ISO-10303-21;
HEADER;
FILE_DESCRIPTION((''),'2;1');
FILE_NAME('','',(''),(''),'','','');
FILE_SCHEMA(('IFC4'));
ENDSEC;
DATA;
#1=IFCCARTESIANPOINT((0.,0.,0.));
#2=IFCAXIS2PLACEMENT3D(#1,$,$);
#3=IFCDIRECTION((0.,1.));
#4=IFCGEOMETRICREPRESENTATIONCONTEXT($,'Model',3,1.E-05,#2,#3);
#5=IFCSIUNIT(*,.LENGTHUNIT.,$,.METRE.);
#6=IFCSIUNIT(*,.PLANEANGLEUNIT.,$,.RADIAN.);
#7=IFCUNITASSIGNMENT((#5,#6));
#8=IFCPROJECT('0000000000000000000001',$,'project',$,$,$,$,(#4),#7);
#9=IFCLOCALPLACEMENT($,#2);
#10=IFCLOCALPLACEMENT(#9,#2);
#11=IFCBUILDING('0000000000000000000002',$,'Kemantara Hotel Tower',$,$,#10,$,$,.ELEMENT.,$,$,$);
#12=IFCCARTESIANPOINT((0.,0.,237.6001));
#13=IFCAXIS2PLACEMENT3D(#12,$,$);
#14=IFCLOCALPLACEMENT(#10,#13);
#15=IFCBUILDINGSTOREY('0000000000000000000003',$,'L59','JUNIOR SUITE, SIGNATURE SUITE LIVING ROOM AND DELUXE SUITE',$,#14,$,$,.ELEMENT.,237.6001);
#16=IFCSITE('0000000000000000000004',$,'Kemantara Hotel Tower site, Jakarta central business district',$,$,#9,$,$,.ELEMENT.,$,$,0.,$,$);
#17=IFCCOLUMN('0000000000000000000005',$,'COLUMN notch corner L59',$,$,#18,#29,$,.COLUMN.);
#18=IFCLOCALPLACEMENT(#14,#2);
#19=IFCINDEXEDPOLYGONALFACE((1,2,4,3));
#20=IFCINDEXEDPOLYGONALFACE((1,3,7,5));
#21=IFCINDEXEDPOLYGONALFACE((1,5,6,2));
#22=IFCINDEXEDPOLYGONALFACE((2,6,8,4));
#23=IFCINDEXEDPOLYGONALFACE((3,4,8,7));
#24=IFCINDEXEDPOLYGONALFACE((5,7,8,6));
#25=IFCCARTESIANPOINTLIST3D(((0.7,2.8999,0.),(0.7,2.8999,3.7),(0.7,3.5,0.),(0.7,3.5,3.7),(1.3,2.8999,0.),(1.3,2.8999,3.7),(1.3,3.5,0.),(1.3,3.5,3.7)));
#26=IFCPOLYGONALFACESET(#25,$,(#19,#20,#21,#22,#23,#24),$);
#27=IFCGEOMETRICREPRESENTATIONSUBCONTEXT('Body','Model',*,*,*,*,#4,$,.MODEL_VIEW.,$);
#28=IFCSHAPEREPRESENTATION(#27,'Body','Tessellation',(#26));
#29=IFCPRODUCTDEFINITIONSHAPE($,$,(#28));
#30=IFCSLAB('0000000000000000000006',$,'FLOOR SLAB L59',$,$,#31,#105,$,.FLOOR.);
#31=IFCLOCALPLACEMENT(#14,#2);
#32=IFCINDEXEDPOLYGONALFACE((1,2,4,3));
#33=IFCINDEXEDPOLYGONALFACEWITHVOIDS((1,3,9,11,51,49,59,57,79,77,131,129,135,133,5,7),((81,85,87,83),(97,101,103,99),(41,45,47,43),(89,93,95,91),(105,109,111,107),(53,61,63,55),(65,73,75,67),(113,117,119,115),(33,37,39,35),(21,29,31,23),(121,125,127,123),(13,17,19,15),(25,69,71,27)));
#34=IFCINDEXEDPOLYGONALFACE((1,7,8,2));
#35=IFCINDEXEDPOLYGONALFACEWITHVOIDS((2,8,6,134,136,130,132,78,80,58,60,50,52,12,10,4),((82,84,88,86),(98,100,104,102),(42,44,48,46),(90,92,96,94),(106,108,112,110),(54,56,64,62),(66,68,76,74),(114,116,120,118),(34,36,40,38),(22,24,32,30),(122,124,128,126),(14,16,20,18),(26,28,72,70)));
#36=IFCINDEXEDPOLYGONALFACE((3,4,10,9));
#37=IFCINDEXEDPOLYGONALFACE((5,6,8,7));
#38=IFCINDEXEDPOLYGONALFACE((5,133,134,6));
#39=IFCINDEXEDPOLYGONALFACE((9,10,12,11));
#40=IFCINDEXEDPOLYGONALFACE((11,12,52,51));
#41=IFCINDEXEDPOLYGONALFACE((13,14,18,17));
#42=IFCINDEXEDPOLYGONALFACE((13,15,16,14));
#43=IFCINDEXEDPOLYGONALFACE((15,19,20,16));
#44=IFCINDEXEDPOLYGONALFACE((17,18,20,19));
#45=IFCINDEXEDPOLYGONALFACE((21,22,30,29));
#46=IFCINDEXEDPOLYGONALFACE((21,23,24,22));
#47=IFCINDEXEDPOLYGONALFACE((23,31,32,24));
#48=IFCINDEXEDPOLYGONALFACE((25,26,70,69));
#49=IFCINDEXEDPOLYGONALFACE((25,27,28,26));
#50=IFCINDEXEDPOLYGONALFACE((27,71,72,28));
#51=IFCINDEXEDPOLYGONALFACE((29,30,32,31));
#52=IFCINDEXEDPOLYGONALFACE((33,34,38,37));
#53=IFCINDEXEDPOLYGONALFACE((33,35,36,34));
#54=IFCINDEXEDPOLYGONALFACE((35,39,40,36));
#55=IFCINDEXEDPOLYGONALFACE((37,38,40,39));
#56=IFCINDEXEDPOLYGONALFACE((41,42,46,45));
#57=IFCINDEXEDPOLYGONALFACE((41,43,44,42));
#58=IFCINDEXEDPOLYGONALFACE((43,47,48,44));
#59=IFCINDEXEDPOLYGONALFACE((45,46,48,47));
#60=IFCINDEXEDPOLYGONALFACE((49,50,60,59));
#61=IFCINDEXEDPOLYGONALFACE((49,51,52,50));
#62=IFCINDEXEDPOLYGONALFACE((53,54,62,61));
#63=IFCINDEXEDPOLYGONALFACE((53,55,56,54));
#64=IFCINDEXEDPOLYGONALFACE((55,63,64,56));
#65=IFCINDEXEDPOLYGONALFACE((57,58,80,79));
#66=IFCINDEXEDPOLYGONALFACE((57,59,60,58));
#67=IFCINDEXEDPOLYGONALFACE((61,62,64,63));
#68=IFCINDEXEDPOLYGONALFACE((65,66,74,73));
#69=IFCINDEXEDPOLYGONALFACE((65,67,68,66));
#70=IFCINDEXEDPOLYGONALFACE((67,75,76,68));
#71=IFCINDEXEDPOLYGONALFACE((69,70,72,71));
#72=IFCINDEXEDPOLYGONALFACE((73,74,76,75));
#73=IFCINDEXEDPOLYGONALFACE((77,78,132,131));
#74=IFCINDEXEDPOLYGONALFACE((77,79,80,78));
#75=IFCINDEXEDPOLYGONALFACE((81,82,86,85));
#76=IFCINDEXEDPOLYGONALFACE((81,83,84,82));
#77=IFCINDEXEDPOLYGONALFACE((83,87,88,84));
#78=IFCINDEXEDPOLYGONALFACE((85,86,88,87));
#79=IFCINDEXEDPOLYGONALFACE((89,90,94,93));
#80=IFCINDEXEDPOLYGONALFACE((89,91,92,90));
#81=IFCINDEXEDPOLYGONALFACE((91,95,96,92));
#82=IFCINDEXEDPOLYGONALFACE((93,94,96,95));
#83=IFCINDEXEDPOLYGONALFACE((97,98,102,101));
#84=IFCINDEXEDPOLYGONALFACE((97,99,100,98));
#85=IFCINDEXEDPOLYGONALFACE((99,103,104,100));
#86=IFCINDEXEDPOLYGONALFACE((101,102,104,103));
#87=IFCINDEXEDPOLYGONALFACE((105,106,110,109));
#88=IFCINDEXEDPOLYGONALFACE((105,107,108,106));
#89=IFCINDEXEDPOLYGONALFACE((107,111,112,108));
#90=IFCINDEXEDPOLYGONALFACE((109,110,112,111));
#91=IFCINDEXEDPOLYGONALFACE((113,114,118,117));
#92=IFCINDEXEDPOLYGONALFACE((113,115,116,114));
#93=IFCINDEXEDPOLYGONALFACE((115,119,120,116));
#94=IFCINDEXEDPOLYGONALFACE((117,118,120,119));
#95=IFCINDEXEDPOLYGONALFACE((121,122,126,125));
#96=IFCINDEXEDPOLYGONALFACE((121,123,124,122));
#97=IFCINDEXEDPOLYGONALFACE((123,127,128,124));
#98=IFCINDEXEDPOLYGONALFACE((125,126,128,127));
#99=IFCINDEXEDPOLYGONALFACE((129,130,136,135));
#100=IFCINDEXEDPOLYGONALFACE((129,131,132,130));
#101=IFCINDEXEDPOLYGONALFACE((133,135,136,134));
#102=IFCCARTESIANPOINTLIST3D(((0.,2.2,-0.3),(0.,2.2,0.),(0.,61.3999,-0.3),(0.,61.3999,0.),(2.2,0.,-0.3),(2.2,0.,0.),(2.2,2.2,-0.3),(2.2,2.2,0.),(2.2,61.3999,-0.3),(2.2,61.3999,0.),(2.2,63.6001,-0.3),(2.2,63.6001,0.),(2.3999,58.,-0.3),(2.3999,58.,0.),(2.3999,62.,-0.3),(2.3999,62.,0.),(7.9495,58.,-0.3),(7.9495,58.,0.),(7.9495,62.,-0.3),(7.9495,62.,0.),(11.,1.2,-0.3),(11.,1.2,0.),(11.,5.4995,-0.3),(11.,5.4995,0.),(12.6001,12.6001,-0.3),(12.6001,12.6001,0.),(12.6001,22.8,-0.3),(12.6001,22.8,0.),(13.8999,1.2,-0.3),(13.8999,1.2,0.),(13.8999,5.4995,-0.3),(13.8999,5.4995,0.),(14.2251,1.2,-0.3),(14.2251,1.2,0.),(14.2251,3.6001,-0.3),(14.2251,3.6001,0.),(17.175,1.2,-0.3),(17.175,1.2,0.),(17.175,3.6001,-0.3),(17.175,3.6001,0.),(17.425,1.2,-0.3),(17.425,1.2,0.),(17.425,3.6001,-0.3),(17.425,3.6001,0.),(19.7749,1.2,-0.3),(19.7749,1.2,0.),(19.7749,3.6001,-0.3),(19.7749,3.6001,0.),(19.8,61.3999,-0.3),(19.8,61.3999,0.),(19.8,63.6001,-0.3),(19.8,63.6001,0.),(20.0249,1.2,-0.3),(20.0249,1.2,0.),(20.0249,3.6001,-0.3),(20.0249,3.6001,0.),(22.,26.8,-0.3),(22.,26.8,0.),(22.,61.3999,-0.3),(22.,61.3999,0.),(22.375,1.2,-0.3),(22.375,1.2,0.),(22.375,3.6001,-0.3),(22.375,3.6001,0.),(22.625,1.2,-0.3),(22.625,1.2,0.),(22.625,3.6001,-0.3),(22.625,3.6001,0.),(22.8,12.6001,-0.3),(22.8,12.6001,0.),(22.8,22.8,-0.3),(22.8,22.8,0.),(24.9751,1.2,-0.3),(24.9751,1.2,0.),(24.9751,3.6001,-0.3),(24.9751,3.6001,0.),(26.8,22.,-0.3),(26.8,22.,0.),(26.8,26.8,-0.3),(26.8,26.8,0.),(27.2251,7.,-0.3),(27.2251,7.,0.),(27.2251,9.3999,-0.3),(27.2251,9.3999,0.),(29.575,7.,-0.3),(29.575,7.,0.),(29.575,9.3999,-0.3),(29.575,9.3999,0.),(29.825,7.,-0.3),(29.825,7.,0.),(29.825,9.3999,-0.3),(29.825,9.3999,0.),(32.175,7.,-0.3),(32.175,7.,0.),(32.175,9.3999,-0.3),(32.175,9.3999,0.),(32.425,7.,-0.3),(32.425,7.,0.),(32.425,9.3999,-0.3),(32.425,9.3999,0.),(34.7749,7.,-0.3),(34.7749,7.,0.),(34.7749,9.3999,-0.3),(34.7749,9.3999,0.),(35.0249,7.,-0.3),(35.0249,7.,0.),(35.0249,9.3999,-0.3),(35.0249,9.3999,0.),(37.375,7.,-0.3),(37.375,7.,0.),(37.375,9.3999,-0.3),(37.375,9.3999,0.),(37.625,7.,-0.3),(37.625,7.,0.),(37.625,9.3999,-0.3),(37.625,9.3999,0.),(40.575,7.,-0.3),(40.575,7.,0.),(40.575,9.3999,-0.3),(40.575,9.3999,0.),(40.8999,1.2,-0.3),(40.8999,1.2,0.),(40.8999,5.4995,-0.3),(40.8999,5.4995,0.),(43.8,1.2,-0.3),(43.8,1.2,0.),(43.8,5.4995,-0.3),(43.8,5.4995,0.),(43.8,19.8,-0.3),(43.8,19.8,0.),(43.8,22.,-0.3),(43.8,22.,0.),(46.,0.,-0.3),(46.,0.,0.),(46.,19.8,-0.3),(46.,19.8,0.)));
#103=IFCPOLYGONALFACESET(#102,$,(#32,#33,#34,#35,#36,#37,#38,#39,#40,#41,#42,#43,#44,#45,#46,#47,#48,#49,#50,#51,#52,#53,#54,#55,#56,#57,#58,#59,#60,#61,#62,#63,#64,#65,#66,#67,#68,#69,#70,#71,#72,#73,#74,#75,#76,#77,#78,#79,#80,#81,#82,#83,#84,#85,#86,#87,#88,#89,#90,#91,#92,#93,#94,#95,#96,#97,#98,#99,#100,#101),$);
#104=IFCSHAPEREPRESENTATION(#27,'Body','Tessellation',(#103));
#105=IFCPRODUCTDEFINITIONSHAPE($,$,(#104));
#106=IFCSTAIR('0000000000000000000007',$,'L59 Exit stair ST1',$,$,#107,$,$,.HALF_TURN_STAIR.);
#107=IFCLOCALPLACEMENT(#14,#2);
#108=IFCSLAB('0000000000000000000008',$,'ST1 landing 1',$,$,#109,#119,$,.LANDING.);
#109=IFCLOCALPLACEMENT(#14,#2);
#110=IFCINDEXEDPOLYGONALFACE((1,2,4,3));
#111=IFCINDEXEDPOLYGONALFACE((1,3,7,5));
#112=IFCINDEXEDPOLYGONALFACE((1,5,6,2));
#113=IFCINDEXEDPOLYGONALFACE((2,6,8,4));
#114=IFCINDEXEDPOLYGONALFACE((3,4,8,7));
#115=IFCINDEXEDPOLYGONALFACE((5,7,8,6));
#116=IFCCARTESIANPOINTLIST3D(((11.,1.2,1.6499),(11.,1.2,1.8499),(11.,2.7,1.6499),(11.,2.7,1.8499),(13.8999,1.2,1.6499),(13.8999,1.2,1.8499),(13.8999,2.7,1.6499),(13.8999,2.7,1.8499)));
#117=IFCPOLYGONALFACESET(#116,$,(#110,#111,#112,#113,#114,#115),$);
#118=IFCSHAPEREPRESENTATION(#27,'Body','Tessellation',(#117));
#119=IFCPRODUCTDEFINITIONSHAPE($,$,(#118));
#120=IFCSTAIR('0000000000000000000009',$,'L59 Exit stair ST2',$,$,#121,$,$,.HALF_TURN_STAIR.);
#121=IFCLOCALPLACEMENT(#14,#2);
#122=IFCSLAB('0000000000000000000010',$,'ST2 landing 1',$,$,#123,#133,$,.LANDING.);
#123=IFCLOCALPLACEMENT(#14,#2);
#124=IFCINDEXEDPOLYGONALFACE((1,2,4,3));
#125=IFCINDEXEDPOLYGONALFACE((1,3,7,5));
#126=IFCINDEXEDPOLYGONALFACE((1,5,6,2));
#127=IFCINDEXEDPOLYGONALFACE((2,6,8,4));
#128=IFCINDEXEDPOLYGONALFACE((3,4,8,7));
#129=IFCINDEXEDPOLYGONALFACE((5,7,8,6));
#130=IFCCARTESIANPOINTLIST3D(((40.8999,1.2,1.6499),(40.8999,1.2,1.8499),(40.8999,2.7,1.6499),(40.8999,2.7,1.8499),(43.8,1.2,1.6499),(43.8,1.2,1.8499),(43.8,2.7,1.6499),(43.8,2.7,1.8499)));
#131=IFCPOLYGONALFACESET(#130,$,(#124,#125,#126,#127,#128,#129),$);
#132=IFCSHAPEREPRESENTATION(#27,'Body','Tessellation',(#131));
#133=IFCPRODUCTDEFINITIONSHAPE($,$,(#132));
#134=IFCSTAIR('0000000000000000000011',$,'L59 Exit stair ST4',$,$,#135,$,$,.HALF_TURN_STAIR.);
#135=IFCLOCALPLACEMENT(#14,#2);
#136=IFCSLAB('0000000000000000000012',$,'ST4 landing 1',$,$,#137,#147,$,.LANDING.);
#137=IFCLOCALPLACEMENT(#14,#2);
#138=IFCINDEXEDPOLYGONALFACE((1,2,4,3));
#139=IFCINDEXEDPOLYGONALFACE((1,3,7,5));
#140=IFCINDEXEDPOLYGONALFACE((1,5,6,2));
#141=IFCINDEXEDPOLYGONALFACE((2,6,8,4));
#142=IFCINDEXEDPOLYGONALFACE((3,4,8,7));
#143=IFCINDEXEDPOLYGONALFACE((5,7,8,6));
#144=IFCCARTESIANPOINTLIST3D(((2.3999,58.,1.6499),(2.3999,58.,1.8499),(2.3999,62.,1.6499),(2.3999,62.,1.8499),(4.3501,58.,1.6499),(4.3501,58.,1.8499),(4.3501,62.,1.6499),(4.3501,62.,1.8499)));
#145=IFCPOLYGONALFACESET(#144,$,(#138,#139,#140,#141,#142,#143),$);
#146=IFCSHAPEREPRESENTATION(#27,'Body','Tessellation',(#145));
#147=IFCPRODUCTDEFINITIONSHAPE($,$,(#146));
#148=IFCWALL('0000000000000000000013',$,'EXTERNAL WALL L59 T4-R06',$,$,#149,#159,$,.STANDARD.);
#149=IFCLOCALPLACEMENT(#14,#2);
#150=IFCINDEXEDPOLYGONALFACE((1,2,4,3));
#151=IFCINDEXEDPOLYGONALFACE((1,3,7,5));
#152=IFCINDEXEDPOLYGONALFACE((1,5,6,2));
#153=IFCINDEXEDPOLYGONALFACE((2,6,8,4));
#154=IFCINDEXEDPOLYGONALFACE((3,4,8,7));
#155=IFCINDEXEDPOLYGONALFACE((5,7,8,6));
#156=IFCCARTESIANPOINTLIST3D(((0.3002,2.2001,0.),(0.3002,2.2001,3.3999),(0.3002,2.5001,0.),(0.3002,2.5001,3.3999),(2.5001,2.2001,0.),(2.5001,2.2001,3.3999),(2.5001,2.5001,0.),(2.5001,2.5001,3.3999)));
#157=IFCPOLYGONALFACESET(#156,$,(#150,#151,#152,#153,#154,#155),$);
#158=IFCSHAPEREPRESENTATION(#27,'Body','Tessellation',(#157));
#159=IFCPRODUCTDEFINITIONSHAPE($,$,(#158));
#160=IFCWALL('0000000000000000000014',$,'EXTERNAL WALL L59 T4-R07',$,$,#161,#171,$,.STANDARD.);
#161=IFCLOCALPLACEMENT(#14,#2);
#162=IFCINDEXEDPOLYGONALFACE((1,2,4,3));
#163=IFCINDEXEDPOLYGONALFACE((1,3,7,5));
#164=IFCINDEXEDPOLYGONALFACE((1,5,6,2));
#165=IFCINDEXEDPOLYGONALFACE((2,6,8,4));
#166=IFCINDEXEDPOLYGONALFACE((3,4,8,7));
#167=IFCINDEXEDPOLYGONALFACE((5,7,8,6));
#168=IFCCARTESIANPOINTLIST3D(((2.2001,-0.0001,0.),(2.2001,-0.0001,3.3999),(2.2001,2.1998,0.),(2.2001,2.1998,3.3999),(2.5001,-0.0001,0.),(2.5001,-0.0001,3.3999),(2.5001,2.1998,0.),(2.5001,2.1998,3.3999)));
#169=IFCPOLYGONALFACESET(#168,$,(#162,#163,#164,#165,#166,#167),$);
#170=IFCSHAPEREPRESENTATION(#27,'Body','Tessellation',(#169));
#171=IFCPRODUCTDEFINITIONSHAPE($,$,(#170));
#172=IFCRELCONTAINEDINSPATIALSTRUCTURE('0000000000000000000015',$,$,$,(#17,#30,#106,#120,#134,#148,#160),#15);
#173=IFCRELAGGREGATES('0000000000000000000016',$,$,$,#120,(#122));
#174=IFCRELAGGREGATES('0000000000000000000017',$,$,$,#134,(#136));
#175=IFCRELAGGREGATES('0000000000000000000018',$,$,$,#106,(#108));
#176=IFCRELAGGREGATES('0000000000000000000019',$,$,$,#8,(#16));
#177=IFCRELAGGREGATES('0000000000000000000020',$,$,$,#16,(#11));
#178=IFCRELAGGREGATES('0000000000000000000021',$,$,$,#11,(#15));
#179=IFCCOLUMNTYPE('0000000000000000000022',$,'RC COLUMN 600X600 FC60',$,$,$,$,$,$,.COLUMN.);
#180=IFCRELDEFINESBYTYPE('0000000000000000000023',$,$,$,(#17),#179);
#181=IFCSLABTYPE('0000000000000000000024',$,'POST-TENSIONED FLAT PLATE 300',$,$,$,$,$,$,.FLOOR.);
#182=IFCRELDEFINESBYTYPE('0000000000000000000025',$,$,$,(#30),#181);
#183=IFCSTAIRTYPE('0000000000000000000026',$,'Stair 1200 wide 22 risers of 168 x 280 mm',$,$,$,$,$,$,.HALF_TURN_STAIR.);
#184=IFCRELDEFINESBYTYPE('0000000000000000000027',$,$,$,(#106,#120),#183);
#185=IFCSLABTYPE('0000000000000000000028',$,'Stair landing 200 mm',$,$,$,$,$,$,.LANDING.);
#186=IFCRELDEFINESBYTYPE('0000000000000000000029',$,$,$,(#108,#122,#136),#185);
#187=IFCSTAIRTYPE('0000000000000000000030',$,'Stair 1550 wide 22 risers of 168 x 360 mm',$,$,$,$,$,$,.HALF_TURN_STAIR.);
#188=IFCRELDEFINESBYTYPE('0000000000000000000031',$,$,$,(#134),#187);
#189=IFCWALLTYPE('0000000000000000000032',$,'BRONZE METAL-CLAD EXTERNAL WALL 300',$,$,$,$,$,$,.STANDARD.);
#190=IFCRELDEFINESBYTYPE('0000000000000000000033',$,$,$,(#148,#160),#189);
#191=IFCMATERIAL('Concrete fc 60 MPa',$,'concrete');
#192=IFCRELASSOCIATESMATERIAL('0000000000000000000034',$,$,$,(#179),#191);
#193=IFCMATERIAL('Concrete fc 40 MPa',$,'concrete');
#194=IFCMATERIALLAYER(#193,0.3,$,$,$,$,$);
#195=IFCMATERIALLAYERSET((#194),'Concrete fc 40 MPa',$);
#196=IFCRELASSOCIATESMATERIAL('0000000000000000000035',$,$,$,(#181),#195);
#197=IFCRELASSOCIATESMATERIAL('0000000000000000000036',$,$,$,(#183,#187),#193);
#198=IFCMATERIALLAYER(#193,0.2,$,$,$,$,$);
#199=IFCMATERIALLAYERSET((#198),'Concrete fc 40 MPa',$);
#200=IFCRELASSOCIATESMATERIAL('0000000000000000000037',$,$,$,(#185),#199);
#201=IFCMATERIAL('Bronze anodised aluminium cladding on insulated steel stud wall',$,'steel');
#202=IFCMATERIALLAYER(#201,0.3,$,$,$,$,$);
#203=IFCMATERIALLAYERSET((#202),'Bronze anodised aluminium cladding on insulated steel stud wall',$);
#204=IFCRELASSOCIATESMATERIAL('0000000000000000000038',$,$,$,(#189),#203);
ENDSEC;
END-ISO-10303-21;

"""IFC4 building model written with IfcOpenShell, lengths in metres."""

from ifc_helpers import new_model, si_unit, direction, frame, frame_2d, origin, origin_2d, place, context, subcontext, project, spatial, polyline, rectangle, outline, extrude, material, layer, layer_set, material_profile, profile_set, type_object, element, aggregate, save


model = new_model("IFC4")

# Units and contexts
model_context = context("Model", 3, precision=1e-05, world=origin(), true_north=direction((0.0, 1.0)))
body_context = subcontext(model_context, "Body", "Model", "MODEL_VIEW")
ifc_project = project(units=[si_unit("LENGTHUNIT", "METRE"), si_unit("PLANEANGLEUNIT", "RADIAN")], contexts=[model_context])

# Site, building, storey
site_placement = place(None, origin())
site = spatial("IfcSite", under=ifc_project, at=site_placement, Name="Kemantara Hotel Tower site, Jakarta central business district", CompositionType="ELEMENT", RefElevation=0.0)
building_placement = place(site_placement, origin())
building = spatial("IfcBuilding", under=site, at=building_placement, Name="Kemantara Hotel Tower", CompositionType="ELEMENT")
storey_placement = place(building_placement, frame((0.0, 0.0, 237.6001)))
storey = spatial("IfcBuildingStorey", under=building, at=storey_placement, Name="L59", Description="JUNIOR SUITE, SIGNATURE SUITE LIVING ROOM AND DELUXE SUITE", CompositionType="ELEMENT", Elevation=237.6001)

# Column
ifc_material_1 = material(Name="Concrete fc 60 MPa", Category="concrete")
ifc_material_profile = material_profile(ifc_material_1, rectangle(XDim=0.6001, YDim=0.6001, at=origin_2d()), Name="RC 600X600")
ifc_profile_set = profile_set([ifc_material_profile], Name="Concrete fc 60 MPa")
column_type = type_object("IfcColumnType", Name="RC COLUMN 600X600 FC60", PredefinedType="COLUMN", material=ifc_profile_set)
column_placement = place(storey_placement, frame((1.0, 3.2, 0.0), z_axis=(0.0, 0.0, 1.0), x_axis=(1.0, 0.0, 0.0)))
element("IfcColumn", 1, at=column_placement, inside=storey, type_object=column_type, Name="COLUMN notch corner L59", PredefinedType="COLUMN", context=body_context, shape_type="SweptSolid", body=[
    extrude(rectangle(XDim=0.6001, YDim=0.6001, at=origin_2d()), origin(), (0.0, 0.0, 1.0), 3.7),
])

# Slab
ifc_material_2 = material(Name="Concrete fc 40 MPa", Category="concrete")
ifc_layer_1 = layer(ifc_material_2, 0.3)
ifc_layer_set_1 = layer_set([ifc_layer_1], Name="Concrete fc 40 MPa")
slab_type_1 = type_object("IfcSlabType", Name="POST-TENSIONED FLAT PLATE 300", PredefinedType="FLOOR", material=ifc_layer_set_1)
slab_1_placement = place(storey_placement, frame((0.0, 0.0, -0.3)))
element("IfcSlab", 2, at=slab_1_placement, inside=storey, type_object=slab_type_1, Name="FLOOR SLAB L59", PredefinedType="FLOOR", context=body_context, shape_type="SweptSolid", body=[
    extrude(outline(polyline([(22.0, 26.8), (22.0, 61.3999), (19.8, 61.3999), (19.8, 63.6001), (2.2, 63.6001), (2.2, 61.3999), (0.0, 61.3999), (0.0, 2.2), (2.2, 2.2), (2.2, 0.0), (46.0, 0.0), (46.0, 19.8), (43.8, 19.8), (43.8, 22.0), (26.8, 22.0), (26.8, 26.8), (22.0, 26.8)]), holes=[polyline([(17.175, 3.6001), (17.175, 1.2), (14.2251, 1.2), (14.2251, 3.6001), (17.175, 3.6001)]), polyline([(19.7749, 1.2), (17.425, 1.2), (17.425, 3.6001), (19.7749, 3.6001), (19.7749, 1.2)]), polyline([(22.375, 1.2), (20.0249, 1.2), (20.0249, 3.6001), (22.375, 3.6001), (22.375, 1.2)]), polyline([(24.9751, 3.6001), (24.9751, 1.2), (22.625, 1.2), (22.625, 3.6001), (24.9751, 3.6001)]), polyline([(11.0, 1.2), (11.0, 5.4995), (13.8999, 5.4995), (13.8999, 1.2), (11.0, 1.2)]), polyline([(22.8, 12.6001), (12.6001, 12.6001), (12.6001, 22.8), (22.8, 22.8), (22.8, 12.6001)]), polyline([(2.3999, 58.0), (2.3999, 62.0), (7.9495, 62.0), (7.9495, 58.0), (2.3999, 58.0)]), polyline([(40.8999, 1.2), (40.8999, 5.4995), (43.8, 5.4995), (43.8, 1.2), (40.8999, 1.2)]), polyline([(29.575, 7.0), (27.2251, 7.0), (27.2251, 9.3999), (29.575, 9.3999), (29.575, 7.0)]), polyline([(32.175, 7.0), (29.825, 7.0), (29.825, 9.3999), (32.175, 9.3999), (32.175, 7.0)]), polyline([(34.7749, 7.0), (32.425, 7.0), (32.425, 9.3999), (34.7749, 9.3999), (34.7749, 7.0)]), polyline([(37.375, 7.0), (35.0249, 7.0), (35.0249, 9.3999), (37.375, 9.3999), (37.375, 7.0)]), polyline([(40.575, 7.0), (37.625, 7.0), (37.625, 9.3999), (40.575, 9.3999), (40.575, 7.0)])]), origin(), (0.0, 0.0, 1.0), 0.3),
])

# Stairs, slabs
stair_type_1 = type_object("IfcStairType", Name="Stair 1200 wide 22 risers of 168 x 280 mm", PredefinedType="HALF_TURN_STAIR", material=ifc_material_2)
stair_1_placement = place(storey_placement, origin())
stair_1 = element("IfcStair", 3, at=stair_1_placement, inside=storey, type_object=stair_type_1, Name="L59 Exit stair ST1", PredefinedType="HALF_TURN_STAIR")
ifc_layer_2 = layer(ifc_material_2, 0.2)
ifc_layer_set_2 = layer_set([ifc_layer_2], Name="Concrete fc 40 MPa")
slab_type_2 = type_object("IfcSlabType", Name="Stair landing 200 mm", PredefinedType="LANDING", material=ifc_layer_set_2)
slab_2_placement = place(storey_placement, frame((0.0, 0.0, 1.6499)))
slab_2 = element("IfcSlab", 4, at=slab_2_placement, type_object=slab_type_2, Name="ST1 landing 1", PredefinedType="LANDING", context=body_context, shape_type="SweptSolid", body=[
    extrude(outline(polyline([(11.0, 2.7), (11.0, 1.2), (13.8999, 1.2), (13.8999, 2.7), (11.0, 2.7)])), origin(), (0.0, 0.0, 1.0), 0.2),
])
stair_2_placement = place(storey_placement, origin())
stair_2 = element("IfcStair", 5, at=stair_2_placement, inside=storey, type_object=stair_type_1, Name="L59 Exit stair ST2", PredefinedType="HALF_TURN_STAIR")
slab_3_placement = place(storey_placement, frame((0.0, 0.0, 1.6499)))
slab_3 = element("IfcSlab", 6, at=slab_3_placement, type_object=slab_type_2, Name="ST2 landing 1", PredefinedType="LANDING", context=body_context, shape_type="SweptSolid", body=[
    extrude(outline(polyline([(40.8999, 2.7), (40.8999, 1.2), (43.8, 1.2), (43.8, 2.7), (40.8999, 2.7)])), origin(), (0.0, 0.0, 1.0), 0.2),
])
aggregate(stair_2, [slab_3])
stair_type_2 = type_object("IfcStairType", Name="Stair 1550 wide 22 risers of 168 x 360 mm", PredefinedType="HALF_TURN_STAIR", material=ifc_material_2)
stair_3_placement = place(storey_placement, origin())
stair_3 = element("IfcStair", 7, at=stair_3_placement, inside=storey, type_object=stair_type_2, Name="L59 Exit stair ST4", PredefinedType="HALF_TURN_STAIR")
slab_4_placement = place(storey_placement, frame((0.0, 0.0, 1.6499)))
slab_4 = element("IfcSlab", 8, at=slab_4_placement, type_object=slab_type_2, Name="ST4 landing 1", PredefinedType="LANDING", context=body_context, shape_type="SweptSolid", body=[
    extrude(outline(polyline([(4.3501, 62.0), (2.3999, 62.0), (2.3999, 58.0), (4.3501, 58.0), (4.3501, 62.0)])), origin(), (0.0, 0.0, 1.0), 0.2),
])
aggregate(stair_3, [slab_4])

# Walls
ifc_material_3 = material(Name="Bronze anodised aluminium cladding on insulated steel stud wall", Category="steel")
ifc_layer_3 = layer(ifc_material_3, 0.3)
ifc_layer_set_3 = layer_set([ifc_layer_3], Name="Bronze anodised aluminium cladding on insulated steel stud wall")
wall_type_1 = type_object("IfcWallType", Name="BRONZE METAL-CLAD EXTERNAL WALL 300", PredefinedType="STANDARD", material=ifc_layer_set_3)
for number, where, z_axis, x_axis, name in (
    (9, (0.3, 2.3501, 0.0), (0.0, 0.0, 1.0), (1.0, 0.0, 0.0), "EXTERNAL WALL L59 T4-R06"),
    (10, (2.3501, 2.2, 0.0), (0.0, 0.0, 1.0), (0.0, -1.0, 0.0), "EXTERNAL WALL L59 T4-R07"),
):
    element("IfcWall", number, at=place(storey_placement, frame(where, z_axis=z_axis, x_axis=x_axis)), inside=storey, type_object=wall_type_1, Name=name, PredefinedType="STANDARD", context=body_context, shape_type="SweptSolid", body=[
        extrude(rectangle(XDim=2.2, YDim=0.3, at=frame_2d((1.1001, 0.0))), origin(), (0.0, 0.0, 1.0), 3.3999),
    ])

aggregate(stair_1, [slab_2])

save(model, "model.ifc")
